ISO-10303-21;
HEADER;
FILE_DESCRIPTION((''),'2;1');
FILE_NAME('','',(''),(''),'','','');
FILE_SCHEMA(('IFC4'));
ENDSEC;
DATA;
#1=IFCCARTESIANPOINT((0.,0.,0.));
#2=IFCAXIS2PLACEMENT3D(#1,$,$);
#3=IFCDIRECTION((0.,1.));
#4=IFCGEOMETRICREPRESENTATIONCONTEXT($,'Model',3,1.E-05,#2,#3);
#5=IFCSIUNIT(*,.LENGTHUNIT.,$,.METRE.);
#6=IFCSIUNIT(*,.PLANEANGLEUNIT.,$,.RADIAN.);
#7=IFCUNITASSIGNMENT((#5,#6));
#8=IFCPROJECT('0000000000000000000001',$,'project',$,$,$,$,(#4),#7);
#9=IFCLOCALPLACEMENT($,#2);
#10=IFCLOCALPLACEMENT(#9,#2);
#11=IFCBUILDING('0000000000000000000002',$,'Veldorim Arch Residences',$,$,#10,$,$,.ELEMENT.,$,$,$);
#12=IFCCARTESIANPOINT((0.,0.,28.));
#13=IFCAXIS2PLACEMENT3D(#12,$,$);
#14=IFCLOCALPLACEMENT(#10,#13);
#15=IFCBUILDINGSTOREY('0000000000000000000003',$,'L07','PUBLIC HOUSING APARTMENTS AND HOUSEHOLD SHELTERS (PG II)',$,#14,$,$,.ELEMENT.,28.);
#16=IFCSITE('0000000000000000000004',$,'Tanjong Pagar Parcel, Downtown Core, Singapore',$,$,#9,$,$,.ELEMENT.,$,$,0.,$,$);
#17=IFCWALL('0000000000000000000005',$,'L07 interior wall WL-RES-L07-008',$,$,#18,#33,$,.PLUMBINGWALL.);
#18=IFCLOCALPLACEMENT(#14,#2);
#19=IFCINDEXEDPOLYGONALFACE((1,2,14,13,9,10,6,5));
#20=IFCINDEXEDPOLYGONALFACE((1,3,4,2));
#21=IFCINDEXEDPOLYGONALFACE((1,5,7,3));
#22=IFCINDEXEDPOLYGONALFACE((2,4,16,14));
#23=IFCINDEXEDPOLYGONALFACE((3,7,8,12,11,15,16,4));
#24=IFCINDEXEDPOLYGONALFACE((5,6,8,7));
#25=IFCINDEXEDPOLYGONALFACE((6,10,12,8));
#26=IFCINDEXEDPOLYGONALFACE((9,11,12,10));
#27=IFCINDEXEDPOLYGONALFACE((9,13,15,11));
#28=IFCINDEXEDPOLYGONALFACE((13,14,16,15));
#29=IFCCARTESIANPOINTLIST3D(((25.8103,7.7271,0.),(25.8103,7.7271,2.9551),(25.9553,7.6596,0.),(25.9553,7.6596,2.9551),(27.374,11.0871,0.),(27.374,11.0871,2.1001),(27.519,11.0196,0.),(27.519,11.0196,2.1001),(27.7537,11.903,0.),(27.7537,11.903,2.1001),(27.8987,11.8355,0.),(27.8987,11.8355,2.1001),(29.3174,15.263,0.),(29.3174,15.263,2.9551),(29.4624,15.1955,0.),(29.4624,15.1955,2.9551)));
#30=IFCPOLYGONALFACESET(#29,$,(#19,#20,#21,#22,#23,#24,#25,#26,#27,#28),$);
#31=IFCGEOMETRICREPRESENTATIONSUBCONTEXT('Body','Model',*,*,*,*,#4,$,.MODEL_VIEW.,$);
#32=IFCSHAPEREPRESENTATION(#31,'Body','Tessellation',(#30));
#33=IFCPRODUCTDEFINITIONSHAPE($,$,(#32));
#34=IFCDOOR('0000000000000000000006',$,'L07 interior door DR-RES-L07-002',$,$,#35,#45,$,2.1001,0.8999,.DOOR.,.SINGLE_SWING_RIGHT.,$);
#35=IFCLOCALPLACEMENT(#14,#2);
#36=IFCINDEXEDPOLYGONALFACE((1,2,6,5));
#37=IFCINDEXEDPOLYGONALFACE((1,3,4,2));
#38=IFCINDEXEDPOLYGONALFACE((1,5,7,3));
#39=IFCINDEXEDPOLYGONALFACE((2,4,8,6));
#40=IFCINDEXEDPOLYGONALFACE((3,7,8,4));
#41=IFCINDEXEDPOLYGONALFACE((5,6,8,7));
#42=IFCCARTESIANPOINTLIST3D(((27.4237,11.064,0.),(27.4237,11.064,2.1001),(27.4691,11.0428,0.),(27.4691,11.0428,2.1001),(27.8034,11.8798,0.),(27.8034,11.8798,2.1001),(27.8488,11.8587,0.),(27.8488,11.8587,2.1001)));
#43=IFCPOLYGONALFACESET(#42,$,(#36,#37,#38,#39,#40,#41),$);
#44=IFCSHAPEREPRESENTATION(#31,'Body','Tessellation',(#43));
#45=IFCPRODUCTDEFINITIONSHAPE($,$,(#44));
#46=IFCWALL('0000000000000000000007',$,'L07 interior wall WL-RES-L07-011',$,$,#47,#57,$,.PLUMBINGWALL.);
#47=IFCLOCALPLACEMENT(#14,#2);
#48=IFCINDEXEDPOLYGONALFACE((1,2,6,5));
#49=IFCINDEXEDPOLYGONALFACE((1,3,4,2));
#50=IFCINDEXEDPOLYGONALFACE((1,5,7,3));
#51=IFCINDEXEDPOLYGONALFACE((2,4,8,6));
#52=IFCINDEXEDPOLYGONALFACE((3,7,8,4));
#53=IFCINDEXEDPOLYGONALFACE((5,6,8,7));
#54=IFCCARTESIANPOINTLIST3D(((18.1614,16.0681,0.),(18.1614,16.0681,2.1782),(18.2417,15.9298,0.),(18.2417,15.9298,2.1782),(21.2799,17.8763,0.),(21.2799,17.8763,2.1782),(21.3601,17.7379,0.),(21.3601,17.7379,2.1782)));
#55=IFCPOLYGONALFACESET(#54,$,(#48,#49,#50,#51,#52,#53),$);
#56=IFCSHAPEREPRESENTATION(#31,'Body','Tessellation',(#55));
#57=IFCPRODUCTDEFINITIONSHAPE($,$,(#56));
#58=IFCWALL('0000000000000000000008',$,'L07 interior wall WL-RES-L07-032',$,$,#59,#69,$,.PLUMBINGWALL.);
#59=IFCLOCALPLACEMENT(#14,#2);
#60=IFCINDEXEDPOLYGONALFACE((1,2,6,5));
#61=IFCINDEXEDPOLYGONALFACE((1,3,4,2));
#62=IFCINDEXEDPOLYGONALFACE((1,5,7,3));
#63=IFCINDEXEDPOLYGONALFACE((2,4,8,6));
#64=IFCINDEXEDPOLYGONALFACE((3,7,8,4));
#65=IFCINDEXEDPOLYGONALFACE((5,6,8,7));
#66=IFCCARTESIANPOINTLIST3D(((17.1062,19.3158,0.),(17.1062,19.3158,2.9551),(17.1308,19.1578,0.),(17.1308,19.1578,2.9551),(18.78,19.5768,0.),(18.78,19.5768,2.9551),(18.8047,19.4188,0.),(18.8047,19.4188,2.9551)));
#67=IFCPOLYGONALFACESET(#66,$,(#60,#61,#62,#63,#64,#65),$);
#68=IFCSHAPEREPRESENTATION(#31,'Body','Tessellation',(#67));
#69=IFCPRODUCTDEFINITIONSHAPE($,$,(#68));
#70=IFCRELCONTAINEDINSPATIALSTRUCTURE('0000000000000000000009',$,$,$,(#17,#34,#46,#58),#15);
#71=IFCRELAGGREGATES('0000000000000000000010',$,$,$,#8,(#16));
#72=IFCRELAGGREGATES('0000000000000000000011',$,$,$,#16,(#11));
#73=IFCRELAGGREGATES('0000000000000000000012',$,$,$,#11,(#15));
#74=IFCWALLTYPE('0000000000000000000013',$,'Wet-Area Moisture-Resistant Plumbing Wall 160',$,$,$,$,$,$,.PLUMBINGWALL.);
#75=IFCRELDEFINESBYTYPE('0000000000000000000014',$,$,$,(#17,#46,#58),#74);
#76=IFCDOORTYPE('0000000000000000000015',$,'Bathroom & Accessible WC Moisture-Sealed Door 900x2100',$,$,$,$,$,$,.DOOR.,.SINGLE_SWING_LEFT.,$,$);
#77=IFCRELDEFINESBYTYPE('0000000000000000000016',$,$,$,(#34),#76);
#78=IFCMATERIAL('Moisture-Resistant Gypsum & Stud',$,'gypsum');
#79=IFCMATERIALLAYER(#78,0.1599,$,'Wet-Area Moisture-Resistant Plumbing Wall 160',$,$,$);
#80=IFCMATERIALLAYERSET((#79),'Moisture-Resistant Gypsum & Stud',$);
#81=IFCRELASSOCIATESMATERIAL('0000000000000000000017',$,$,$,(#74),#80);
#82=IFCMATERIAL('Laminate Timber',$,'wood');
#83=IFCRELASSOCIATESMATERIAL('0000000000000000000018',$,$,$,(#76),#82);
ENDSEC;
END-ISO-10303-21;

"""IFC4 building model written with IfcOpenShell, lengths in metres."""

from ifc_helpers import new_model, si_unit, direction, frame, frame_2d, origin, place, context, subcontext, project, spatial, rectangle, extrude, material, layer, layer_set, type_object, element, fill, save


model = new_model("IFC4")

# Units and contexts
model_context = context("Model", 3, precision=1e-05, world=origin(), true_north=direction((0.0, 1.0)))
body_context = subcontext(model_context, "Body", "Model", "MODEL_VIEW")
ifc_project = project(units=[si_unit("LENGTHUNIT", "METRE"), si_unit("PLANEANGLEUNIT", "RADIAN")], contexts=[model_context])

# Site, building, storey
site_placement = place(None, origin())
site = spatial("IfcSite", under=ifc_project, at=site_placement, Name="Tanjong Pagar Parcel, Downtown Core, Singapore", CompositionType="ELEMENT", RefElevation=0.0)
building_placement = place(site_placement, origin())
building = spatial("IfcBuilding", under=site, at=building_placement, Name="Veldorim Arch Residences", CompositionType="ELEMENT")
storey_placement = place(building_placement, frame((0.0, 0.0, 28.0)))
storey = spatial("IfcBuildingStorey", under=building, at=storey_placement, Name="L07", Description="PUBLIC HOUSING APARTMENTS AND HOUSEHOLD SHELTERS (PG II)", CompositionType="ELEMENT", Elevation=28.0)

# Wall, opening, door
ifc_material_1 = material(Name="Moisture-Resistant Gypsum & Stud", Category="gypsum")
ifc_layer_1 = layer(ifc_material_1, 0.1599, Name="Wet-Area Moisture-Resistant Plumbing Wall 160")
ifc_layer_set_1 = layer_set([ifc_layer_1], Name="Moisture-Resistant Gypsum & Stud")
wall_type_1 = type_object("IfcWallType", Name="Wet-Area Moisture-Resistant Plumbing Wall 160", PredefinedType="PLUMBINGWALL", material=ifc_layer_set_1)
wall_1_placement = place(storey_placement, frame((29.3899, 15.2292, 0.0), z_axis=(0.0, 0.0, 1.0), x_axis=(-0.42193, -0.906628, 0.0)))
wall_1 = element("IfcWall", 1, at=wall_1_placement, inside=storey, type_object=wall_type_1, Name="L07 interior wall WL-RES-L07-008", PredefinedType="PLUMBINGWALL", context=body_context, shape_type="SweptSolid", body=[
    extrude(rectangle(XDim=8.312, YDim=0.1599, at=frame_2d((4.156, 0.0))), origin(), (0.0, 0.0, 1.0), 2.9551),
])
opening_1_placement = place(wall_1_placement, frame((3.7061, 0.0, 0.0)))
opening_1 = element("IfcOpeningElement", 2, at=opening_1_placement, cuts=wall_1, PredefinedType="OPENING", context=body_context, shape_type="SweptSolid", body=[
    extrude(rectangle(XDim=0.8999, YDim=2.1001, at=frame_2d((0.45, 1.05))), frame((0.0, 0.0898, 0.0), z_axis=(0.0, -1.0, 0.0), x_axis=(1.0, 0.0, 0.0)), (0.0, 0.0, 1.0), 0.1799),
])
ifc_material_2 = material(Name="Laminate Timber", Category="wood")
door_type_1 = type_object("IfcDoorType", Name="Bathroom & Accessible WC Moisture-Sealed Door 900x2100", OperationType="SINGLE_SWING_LEFT", PredefinedType="DOOR", material=ifc_material_2)
door_1_placement = place(opening_1_placement, origin())
door_1 = element("IfcDoor", 3, at=door_1_placement, inside=storey, type_object=door_type_1, Name="L07 interior door DR-RES-L07-002", OperationType="SINGLE_SWING_RIGHT", OverallHeight=2.1001, OverallWidth=0.8999, PredefinedType="DOOR", context=body_context, shape_type="SweptSolid", body=[
    extrude(rectangle(XDim=0.8999, YDim=2.1001, at=frame_2d((0.45, 1.05))), frame((0.0, 0.0249, 0.0), z_axis=(0.0, -1.0, 0.0), x_axis=(1.0, 0.0, 0.0)), (0.0, 0.0, 1.0), 0.05),
])
fill(opening_1, door_1)

# Walls
wall_2_placement = place(storey_placement, frame((18.2017, 15.999, 0.0), z_axis=(0.0, 0.0, 1.0), x_axis=(0.8651, 0.501599, 0.0)))
element("IfcWall", 4, at=wall_2_placement, inside=storey, type_object=wall_type_1, Name="L07 interior wall WL-RES-L07-011", PredefinedType="PLUMBINGWALL", context=body_context, shape_type="SweptSolid", body=[
    extrude(rectangle(XDim=3.6047, YDim=0.1599, at=frame_2d((1.8022, 0.0))), origin(), (0.0, 0.0, 1.0), 2.1782),
])
wall_3_placement = place(storey_placement, frame((18.7925, 19.4978, 0.0), z_axis=(0.0, 0.0, 1.0), x_axis=(-0.988061, -0.15406, 0.0)))
element("IfcWall", 5, at=wall_3_placement, inside=storey, type_object=wall_type_1, Name="L07 interior wall WL-RES-L07-032", PredefinedType="PLUMBINGWALL", context=body_context, shape_type="SweptSolid", body=[
    extrude(rectangle(XDim=1.6941, YDim=0.1599, at=frame_2d((0.8472, 0.0))), origin(), (0.0, 0.0, 1.0), 2.9551),
])

save(model, "model.ifc")
